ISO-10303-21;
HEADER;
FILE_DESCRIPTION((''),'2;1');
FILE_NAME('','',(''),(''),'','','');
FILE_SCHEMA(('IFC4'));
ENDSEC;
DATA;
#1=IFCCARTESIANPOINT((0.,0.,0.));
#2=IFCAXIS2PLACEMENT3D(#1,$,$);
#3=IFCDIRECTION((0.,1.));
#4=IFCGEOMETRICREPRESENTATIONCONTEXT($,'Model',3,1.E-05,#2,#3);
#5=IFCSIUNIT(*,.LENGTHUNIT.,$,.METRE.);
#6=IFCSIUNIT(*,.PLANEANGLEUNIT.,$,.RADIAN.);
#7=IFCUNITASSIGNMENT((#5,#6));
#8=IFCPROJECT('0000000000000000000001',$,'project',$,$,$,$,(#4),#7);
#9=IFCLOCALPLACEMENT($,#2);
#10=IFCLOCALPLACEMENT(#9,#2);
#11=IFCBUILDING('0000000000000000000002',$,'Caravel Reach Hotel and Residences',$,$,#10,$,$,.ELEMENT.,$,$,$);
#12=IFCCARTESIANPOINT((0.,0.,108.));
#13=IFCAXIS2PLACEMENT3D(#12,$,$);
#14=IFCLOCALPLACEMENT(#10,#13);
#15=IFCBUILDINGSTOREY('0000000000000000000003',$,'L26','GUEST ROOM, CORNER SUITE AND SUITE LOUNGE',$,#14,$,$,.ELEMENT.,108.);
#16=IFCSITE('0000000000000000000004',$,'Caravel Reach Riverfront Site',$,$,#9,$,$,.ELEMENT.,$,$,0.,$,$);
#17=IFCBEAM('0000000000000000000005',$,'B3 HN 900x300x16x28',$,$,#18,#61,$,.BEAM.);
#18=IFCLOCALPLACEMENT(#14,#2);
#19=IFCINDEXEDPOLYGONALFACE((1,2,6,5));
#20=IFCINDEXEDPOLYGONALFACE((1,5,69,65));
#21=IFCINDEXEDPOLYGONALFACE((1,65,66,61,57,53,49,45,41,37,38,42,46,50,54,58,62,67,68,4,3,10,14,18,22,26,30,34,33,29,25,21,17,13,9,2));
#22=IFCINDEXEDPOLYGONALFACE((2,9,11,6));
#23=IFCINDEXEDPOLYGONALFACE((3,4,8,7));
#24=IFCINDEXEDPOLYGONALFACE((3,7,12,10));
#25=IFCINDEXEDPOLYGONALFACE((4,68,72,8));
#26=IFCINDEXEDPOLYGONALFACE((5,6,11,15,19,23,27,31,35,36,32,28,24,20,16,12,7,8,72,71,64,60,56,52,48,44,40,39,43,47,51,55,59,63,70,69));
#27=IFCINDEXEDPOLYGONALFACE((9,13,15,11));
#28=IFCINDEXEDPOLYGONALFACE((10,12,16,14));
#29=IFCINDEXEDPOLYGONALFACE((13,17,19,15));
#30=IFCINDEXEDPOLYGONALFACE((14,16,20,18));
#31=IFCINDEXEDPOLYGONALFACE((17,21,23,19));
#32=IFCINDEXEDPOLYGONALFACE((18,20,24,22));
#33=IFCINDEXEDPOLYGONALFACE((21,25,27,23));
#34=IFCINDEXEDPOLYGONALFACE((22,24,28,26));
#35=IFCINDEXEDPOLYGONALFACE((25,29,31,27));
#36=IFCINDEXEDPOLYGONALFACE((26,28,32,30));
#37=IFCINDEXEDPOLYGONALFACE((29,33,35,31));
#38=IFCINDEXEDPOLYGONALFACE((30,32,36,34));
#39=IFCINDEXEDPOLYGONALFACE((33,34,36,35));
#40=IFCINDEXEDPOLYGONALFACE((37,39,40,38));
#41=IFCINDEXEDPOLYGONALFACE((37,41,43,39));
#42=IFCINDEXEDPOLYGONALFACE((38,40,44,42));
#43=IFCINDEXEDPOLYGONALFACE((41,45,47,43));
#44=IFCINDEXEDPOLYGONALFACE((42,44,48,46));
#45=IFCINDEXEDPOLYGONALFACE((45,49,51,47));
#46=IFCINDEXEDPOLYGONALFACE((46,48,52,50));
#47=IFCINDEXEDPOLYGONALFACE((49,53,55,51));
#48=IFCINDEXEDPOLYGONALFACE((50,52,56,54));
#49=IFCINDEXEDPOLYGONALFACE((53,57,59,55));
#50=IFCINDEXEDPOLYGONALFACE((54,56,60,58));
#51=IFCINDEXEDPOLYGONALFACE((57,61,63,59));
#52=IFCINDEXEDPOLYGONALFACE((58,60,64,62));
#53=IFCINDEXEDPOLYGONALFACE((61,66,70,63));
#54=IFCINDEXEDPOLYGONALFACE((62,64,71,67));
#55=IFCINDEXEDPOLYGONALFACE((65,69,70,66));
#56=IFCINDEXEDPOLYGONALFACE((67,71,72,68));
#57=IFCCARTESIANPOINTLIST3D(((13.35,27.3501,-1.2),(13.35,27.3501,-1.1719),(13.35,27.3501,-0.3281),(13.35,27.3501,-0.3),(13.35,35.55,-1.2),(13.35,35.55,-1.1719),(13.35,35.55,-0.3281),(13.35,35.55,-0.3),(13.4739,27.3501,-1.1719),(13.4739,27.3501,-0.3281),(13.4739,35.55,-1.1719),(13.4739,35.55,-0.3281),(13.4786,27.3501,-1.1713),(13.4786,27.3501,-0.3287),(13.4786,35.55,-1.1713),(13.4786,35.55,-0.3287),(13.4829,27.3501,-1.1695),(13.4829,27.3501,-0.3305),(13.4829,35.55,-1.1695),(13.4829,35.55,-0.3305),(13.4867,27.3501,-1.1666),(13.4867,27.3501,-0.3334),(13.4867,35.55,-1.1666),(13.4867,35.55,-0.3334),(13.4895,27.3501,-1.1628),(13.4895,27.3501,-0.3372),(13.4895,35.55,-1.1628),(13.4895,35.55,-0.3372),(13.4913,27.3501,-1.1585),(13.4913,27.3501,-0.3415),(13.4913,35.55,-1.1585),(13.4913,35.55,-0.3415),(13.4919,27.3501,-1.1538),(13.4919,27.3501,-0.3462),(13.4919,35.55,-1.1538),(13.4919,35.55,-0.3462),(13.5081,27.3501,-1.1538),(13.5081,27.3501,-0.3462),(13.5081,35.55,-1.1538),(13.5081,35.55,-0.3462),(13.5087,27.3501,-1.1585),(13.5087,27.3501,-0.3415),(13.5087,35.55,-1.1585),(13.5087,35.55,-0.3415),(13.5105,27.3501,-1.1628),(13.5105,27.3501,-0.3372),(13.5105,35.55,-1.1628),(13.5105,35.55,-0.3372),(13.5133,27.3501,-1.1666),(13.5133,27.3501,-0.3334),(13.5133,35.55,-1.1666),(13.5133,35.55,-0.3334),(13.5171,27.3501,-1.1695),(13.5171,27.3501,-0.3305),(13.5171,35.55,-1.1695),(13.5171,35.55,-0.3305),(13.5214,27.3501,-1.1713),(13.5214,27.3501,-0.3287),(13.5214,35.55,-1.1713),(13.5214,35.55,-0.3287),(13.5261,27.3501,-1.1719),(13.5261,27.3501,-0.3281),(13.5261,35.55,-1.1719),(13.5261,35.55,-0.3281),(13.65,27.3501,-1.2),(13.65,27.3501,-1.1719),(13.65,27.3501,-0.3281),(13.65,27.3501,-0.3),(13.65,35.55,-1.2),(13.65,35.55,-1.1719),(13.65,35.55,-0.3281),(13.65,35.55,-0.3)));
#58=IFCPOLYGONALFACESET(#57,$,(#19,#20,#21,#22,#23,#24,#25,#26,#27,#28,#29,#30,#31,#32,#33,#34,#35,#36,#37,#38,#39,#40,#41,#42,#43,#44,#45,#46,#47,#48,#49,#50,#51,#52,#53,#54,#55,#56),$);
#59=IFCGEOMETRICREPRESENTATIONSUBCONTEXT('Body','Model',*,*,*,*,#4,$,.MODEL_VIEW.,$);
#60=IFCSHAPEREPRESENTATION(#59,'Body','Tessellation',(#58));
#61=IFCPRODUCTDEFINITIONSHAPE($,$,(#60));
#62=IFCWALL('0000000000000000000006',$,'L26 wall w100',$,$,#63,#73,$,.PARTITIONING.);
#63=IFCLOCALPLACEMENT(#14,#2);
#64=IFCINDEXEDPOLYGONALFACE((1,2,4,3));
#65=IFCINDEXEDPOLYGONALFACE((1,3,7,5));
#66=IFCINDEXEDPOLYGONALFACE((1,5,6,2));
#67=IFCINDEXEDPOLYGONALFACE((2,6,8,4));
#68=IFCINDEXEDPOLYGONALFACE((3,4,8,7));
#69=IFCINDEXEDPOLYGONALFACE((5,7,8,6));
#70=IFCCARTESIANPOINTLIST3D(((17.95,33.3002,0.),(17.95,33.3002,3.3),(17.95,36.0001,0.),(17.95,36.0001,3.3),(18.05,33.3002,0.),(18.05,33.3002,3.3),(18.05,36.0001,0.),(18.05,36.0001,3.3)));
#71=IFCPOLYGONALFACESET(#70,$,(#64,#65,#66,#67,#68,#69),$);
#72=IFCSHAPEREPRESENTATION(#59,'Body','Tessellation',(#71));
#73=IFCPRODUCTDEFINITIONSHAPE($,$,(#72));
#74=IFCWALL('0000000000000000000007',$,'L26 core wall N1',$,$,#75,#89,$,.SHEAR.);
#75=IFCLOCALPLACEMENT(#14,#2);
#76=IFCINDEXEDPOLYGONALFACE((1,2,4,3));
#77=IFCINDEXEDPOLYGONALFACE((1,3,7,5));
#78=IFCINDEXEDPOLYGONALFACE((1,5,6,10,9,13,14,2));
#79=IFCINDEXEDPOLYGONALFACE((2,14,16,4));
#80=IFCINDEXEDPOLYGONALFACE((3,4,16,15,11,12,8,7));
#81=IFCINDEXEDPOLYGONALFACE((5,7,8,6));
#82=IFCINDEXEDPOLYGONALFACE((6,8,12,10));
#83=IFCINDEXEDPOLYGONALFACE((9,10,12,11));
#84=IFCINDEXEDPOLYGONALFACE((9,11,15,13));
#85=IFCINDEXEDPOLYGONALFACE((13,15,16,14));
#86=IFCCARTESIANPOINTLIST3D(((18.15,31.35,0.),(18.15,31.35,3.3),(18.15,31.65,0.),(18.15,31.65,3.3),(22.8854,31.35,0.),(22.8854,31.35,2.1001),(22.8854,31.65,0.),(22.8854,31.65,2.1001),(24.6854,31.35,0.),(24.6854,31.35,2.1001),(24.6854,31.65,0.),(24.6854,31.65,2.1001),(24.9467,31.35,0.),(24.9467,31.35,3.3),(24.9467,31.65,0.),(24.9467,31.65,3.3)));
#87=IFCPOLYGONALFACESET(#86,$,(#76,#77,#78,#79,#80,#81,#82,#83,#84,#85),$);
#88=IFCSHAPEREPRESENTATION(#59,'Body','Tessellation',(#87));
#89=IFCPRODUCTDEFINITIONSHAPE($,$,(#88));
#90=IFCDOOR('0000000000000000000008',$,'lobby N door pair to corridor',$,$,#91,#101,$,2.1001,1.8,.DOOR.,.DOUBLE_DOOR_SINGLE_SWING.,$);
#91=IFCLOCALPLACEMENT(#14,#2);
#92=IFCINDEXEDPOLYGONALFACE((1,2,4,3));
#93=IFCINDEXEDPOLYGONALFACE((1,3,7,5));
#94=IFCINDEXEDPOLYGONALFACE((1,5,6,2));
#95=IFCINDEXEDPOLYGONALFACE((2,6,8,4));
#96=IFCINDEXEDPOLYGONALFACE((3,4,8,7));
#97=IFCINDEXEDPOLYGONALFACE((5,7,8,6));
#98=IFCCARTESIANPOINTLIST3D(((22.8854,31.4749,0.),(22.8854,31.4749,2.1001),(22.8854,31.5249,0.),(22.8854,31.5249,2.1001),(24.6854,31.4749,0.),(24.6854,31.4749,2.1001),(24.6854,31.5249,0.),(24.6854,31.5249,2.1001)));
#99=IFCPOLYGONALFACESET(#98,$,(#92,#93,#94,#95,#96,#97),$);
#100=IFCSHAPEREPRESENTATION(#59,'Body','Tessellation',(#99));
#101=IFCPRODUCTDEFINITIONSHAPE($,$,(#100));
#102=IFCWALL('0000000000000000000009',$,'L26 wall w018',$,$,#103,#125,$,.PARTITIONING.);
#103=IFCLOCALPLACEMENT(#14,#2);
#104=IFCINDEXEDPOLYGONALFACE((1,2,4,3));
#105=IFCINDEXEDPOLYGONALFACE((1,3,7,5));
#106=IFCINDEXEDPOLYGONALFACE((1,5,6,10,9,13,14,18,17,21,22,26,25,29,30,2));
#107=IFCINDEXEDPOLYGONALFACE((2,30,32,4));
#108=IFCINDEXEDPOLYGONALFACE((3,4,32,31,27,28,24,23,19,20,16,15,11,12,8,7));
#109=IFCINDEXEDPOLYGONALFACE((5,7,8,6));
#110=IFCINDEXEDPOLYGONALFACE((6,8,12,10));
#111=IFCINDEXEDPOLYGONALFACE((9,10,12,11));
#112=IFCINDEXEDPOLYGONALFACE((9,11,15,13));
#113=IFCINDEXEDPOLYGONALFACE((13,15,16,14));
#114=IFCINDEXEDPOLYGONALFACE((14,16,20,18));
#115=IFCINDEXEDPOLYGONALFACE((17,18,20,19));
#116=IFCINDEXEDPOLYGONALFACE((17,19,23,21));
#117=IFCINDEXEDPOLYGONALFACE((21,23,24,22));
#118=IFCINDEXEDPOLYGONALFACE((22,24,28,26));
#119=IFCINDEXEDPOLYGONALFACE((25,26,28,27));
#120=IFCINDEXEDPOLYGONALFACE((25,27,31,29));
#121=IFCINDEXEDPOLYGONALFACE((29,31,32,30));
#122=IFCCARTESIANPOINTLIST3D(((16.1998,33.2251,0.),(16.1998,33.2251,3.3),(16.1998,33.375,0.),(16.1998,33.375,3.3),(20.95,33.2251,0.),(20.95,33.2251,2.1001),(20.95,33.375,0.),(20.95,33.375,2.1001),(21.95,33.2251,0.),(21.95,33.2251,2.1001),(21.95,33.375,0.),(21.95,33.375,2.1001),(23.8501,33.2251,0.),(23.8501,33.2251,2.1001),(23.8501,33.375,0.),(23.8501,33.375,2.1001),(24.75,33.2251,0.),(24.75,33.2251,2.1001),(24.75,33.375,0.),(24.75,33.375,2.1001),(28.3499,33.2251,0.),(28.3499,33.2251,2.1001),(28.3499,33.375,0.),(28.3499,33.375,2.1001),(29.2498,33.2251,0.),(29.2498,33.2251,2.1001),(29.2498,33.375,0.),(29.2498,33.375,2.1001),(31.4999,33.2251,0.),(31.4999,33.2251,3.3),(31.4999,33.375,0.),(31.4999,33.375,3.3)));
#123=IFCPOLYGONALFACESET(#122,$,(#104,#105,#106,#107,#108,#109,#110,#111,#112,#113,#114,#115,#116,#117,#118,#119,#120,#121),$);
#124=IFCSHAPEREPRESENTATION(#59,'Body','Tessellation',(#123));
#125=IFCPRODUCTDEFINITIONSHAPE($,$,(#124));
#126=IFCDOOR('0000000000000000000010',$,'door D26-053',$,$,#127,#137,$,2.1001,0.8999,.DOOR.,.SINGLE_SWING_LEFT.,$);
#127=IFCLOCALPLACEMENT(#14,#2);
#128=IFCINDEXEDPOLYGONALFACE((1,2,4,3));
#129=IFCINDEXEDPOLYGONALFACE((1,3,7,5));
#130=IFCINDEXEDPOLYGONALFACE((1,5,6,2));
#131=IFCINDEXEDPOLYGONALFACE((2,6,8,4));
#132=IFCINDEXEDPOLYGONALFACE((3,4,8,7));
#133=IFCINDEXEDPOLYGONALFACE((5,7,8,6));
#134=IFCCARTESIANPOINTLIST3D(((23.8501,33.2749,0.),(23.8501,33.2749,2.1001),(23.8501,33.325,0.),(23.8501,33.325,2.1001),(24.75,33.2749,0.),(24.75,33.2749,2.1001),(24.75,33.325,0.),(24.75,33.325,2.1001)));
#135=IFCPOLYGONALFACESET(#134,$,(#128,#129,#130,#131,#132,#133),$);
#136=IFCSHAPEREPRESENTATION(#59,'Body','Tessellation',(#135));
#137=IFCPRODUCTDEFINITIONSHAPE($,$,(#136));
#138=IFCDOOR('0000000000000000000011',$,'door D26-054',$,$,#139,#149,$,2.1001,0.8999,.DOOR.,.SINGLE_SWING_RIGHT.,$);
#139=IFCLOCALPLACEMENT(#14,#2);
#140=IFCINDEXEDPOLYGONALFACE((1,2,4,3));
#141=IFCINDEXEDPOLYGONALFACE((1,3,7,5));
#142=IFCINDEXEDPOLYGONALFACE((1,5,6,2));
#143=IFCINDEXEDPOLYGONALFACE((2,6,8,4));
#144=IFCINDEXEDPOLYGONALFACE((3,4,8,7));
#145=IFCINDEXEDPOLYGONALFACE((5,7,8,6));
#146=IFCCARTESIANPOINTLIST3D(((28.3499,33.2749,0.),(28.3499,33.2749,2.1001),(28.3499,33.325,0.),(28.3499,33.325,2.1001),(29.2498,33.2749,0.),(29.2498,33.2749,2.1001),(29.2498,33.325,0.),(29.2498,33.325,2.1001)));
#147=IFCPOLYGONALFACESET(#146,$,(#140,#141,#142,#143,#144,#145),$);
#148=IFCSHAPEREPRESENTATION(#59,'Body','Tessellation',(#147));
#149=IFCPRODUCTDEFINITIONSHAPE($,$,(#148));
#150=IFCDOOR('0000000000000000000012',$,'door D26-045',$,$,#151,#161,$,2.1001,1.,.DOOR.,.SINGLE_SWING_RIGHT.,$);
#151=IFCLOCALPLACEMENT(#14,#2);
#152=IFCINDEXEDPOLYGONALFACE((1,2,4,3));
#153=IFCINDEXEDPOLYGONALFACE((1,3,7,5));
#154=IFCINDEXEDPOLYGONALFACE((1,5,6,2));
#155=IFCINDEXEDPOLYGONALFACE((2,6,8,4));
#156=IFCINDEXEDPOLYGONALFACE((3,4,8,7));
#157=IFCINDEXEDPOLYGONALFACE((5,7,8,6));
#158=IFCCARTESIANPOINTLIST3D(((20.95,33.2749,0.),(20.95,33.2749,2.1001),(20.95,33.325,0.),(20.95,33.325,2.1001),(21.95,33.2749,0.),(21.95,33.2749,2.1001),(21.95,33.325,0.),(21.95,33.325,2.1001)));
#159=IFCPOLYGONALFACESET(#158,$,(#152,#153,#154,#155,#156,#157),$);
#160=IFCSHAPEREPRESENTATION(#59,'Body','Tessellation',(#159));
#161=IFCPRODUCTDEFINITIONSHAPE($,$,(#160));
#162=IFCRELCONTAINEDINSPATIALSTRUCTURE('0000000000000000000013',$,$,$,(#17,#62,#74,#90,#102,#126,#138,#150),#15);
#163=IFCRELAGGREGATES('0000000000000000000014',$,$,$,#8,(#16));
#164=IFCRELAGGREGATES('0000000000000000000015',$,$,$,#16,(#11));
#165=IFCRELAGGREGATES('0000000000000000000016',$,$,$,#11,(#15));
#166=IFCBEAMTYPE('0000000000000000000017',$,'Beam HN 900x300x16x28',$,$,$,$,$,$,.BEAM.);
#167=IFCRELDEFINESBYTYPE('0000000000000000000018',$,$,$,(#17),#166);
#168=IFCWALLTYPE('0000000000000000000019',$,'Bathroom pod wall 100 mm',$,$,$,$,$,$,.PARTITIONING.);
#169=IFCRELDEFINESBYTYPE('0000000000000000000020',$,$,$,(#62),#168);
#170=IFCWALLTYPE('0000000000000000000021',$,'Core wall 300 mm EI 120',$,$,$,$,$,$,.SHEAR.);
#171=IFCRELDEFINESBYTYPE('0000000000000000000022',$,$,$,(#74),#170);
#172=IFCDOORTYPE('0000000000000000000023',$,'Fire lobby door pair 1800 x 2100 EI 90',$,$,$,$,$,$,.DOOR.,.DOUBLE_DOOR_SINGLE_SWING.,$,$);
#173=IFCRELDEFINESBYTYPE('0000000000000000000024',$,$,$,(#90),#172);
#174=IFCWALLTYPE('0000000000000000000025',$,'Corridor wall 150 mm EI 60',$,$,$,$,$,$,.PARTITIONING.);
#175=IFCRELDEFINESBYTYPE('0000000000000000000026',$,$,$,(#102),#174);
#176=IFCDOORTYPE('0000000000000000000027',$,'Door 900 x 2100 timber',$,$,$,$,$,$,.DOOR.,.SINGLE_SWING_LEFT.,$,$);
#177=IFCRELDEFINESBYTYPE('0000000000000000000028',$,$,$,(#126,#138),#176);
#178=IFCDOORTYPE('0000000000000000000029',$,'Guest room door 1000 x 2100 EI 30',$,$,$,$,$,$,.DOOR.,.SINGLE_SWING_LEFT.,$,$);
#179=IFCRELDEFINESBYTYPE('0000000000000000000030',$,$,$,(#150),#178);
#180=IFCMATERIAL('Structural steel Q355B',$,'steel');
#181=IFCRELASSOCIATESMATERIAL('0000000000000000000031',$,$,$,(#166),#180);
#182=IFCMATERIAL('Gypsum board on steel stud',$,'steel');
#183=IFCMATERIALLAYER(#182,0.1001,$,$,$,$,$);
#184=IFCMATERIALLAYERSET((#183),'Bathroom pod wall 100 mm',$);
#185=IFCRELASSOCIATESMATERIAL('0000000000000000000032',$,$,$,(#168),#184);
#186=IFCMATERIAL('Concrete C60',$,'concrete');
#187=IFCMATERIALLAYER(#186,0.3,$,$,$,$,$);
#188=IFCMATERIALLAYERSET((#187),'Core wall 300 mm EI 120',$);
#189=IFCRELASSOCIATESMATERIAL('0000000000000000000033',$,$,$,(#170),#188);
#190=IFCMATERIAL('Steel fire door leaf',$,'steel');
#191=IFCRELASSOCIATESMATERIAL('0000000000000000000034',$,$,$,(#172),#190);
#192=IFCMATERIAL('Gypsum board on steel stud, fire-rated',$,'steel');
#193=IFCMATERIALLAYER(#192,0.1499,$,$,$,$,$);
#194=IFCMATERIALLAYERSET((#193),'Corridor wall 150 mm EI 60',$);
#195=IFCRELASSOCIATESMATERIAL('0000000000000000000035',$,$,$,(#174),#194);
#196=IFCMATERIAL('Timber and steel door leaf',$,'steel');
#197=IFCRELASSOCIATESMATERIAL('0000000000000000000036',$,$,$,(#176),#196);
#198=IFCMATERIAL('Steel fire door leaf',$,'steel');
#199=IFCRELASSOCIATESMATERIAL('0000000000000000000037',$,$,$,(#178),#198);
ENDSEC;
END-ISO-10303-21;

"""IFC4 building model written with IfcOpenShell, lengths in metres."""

from ifc_helpers import new_model, si_unit, direction, frame, frame_2d, origin, origin_2d, place, context, subcontext, project, spatial, rectangle, i_section, extrude, material, layer, layer_set, material_profile, profile_set, type_object, element, fill, save


model = new_model("IFC4")

# Units and contexts
model_context = context("Model", 3, precision=1e-05, world=origin(), true_north=direction((0.0, 1.0)))
body_context = subcontext(model_context, "Body", "Model", "MODEL_VIEW")
ifc_project = project(units=[si_unit("LENGTHUNIT", "METRE"), si_unit("PLANEANGLEUNIT", "RADIAN")], contexts=[model_context])

# Site, building, storey
site_placement = place(None, origin())
site = spatial("IfcSite", under=ifc_project, at=site_placement, Name="Caravel Reach Riverfront Site", CompositionType="ELEMENT", RefElevation=0.0)
building_placement = place(site_placement, origin())
building = spatial("IfcBuilding", under=site, at=building_placement, Name="Caravel Reach Hotel and Residences", CompositionType="ELEMENT")
storey_placement = place(building_placement, frame((0.0, 0.0, 108.0)))
storey = spatial("IfcBuildingStorey", under=building, at=storey_placement, Name="L26", Description="GUEST ROOM, CORNER SUITE AND SUITE LOUNGE", CompositionType="ELEMENT", Elevation=108.0)

# Beam
ifc_material_1 = material(Name="Structural steel Q355B", Category="steel")
ifc_material_profile = material_profile(ifc_material_1, i_section(OverallWidth=0.3, OverallDepth=0.8999, WebThickness=0.0161, FlangeThickness=0.0281, FilletRadius=0.0181, at=origin_2d()), Name="HN 900x300x16x28")
ifc_profile_set = profile_set([ifc_material_profile], Name="Structural steel Q355B")
beam_type = type_object("IfcBeamType", Name="Beam HN 900x300x16x28", PredefinedType="BEAM", material=ifc_profile_set)
beam_placement = place(storey_placement, frame((13.5, 27.3501, -0.75), z_axis=(0.0, 1.0, 0.0), x_axis=(-1.0, 0.0, 0.0)))
element("IfcBeam", 1, at=beam_placement, inside=storey, type_object=beam_type, Name="B3 HN 900x300x16x28", PredefinedType="BEAM", context=body_context, shape_type="SweptSolid", body=[
    extrude(i_section(OverallWidth=0.3, OverallDepth=0.8999, WebThickness=0.0161, FlangeThickness=0.0281, FilletRadius=0.0181, at=origin_2d()), origin(), (0.0, 0.0, 1.0), 8.2),
])

# Wall
ifc_material_2 = material(Name="Gypsum board on steel stud", Category="steel")
ifc_layer_1 = layer(ifc_material_2, 0.1001)
ifc_layer_set_1 = layer_set([ifc_layer_1], Name="Bathroom pod wall 100 mm")
wall_type_1 = type_object("IfcWallType", Name="Bathroom pod wall 100 mm", PredefinedType="PARTITIONING", material=ifc_layer_set_1)
wall_1_placement = place(storey_placement, frame((18.0, 33.3, 0.0), z_axis=(0.0, 0.0, 1.0), x_axis=(0.0, 1.0, 0.0)))
element("IfcWall", 2, at=wall_1_placement, inside=storey, type_object=wall_type_1, Name="L26 wall w100", PredefinedType="PARTITIONING", context=body_context, shape_type="SweptSolid", body=[
    extrude(rectangle(XDim=2.7, YDim=0.1001, at=frame_2d((1.3501, 0.0))), origin(), (0.0, 0.0, 1.0), 3.3),
])

# Wall, opening, door
ifc_material_3 = material(Name="Concrete C60", Category="concrete")
ifc_layer_2 = layer(ifc_material_3, 0.3)
ifc_layer_set_2 = layer_set([ifc_layer_2], Name="Core wall 300 mm EI 120")
wall_type_2 = type_object("IfcWallType", Name="Core wall 300 mm EI 120", PredefinedType="SHEAR", material=ifc_layer_set_2)
wall_2_placement = place(storey_placement, frame((18.1499, 31.5, 0.0), z_axis=(0.0, 0.0, 1.0), x_axis=(1.0, 0.0, 0.0)))
wall_2 = element("IfcWall", 3, at=wall_2_placement, inside=storey, type_object=wall_type_2, Name="L26 core wall N1", PredefinedType="SHEAR", context=body_context, shape_type="SweptSolid", body=[
    extrude(rectangle(XDim=6.7966, YDim=0.3, at=frame_2d((3.3984, 0.0))), origin(), (0.0, 0.0, 1.0), 3.3),
])
opening_1_placement = place(wall_2_placement, frame((4.7356, 0.0, 0.0)))
opening_1 = element("IfcOpeningElement", 4, at=opening_1_placement, cuts=wall_2, PredefinedType="OPENING", context=body_context, shape_type="SweptSolid", body=[
    extrude(rectangle(XDim=1.8, YDim=2.1001, at=frame_2d((0.8999, 1.05))), frame((0.0, 0.1599, 0.0), z_axis=(0.0, -1.0, 0.0), x_axis=(1.0, 0.0, 0.0)), (0.0, 0.0, 1.0), 0.3201),
])
ifc_material_4 = material(Name="Steel fire door leaf", Category="steel")
door_type_1 = type_object("IfcDoorType", Name="Fire lobby door pair 1800 x 2100 EI 90", OperationType="DOUBLE_DOOR_SINGLE_SWING", PredefinedType="DOOR", material=ifc_material_4)
door_1_placement = place(opening_1_placement, origin())
door_1 = element("IfcDoor", 5, at=door_1_placement, inside=storey, type_object=door_type_1, Name="lobby N door pair to corridor", OperationType="DOUBLE_DOOR_SINGLE_SWING", OverallHeight=2.1001, OverallWidth=1.8, PredefinedType="DOOR", context=body_context, shape_type="SweptSolid", body=[
    extrude(rectangle(XDim=1.8, YDim=2.1001, at=frame_2d((0.8999, 1.05))), frame((0.0, 0.0249, 0.0), z_axis=(0.0, -1.0, 0.0), x_axis=(1.0, 0.0, 0.0)), (0.0, 0.0, 1.0), 0.05),
])
fill(opening_1, door_1)

# Wall, openings, doors
ifc_material_5 = material(Name="Gypsum board on steel stud, fire-rated", Category="steel")
ifc_layer_3 = layer(ifc_material_5, 0.1499)
ifc_layer_set_3 = layer_set([ifc_layer_3], Name="Corridor wall 150 mm EI 60")
wall_type_3 = type_object("IfcWallType", Name="Corridor wall 150 mm EI 60", PredefinedType="PARTITIONING", material=ifc_layer_set_3)
wall_3_placement = place(storey_placement, frame((16.2, 33.3, 0.0), z_axis=(0.0, 0.0, 1.0), x_axis=(1.0, 0.0, 0.0)))
wall_3 = element("IfcWall", 6, at=wall_3_placement, inside=storey, type_object=wall_type_3, Name="L26 wall w018", PredefinedType="PARTITIONING", context=body_context, shape_type="SweptSolid", body=[
    extrude(rectangle(XDim=15.3, YDim=0.1499, at=frame_2d((7.6499, 0.0))), origin(), (0.0, 0.0, 1.0), 3.3),
])
opening_2_placement = place(wall_3_placement, frame((4.75, 0.0, 0.0)))
opening_2 = element("IfcOpeningElement", 7, at=opening_2_placement, cuts=wall_3, PredefinedType="OPENING", context=body_context, shape_type="SweptSolid", body=[
    extrude(rectangle(XDim=1.0, YDim=2.1001, at=frame_2d((0.5, 1.05))), frame((0.0, 0.085, 0.0), z_axis=(0.0, -1.0, 0.0), x_axis=(1.0, 0.0, 0.0)), (0.0, 0.0, 1.0), 0.1699),
])
opening_3_placement = place(wall_3_placement, frame((7.6501, 0.0, 0.0)))
opening_3 = element("IfcOpeningElement", 8, at=opening_3_placement, cuts=wall_3, PredefinedType="OPENING", context=body_context, shape_type="SweptSolid", body=[
    extrude(rectangle(XDim=0.8999, YDim=2.1001, at=frame_2d((0.45, 1.05))), frame((0.0, 0.085, 0.0), z_axis=(0.0, -1.0, 0.0), x_axis=(1.0, 0.0, 0.0)), (0.0, 0.0, 1.0), 0.1699),
])
opening_4_placement = place(wall_3_placement, frame((12.1499, 0.0, 0.0)))
opening_4 = element("IfcOpeningElement", 9, at=opening_4_placement, cuts=wall_3, PredefinedType="OPENING", context=body_context, shape_type="SweptSolid", body=[
    extrude(rectangle(XDim=0.8999, YDim=2.1001, at=frame_2d((0.45, 1.05))), frame((0.0, 0.085, 0.0), z_axis=(0.0, -1.0, 0.0), x_axis=(1.0, 0.0, 0.0)), (0.0, 0.0, 1.0), 0.1699),
])
ifc_material_6 = material(Name="Timber and steel door leaf", Category="steel")
door_type_2 = type_object("IfcDoorType", Name="Door 900 x 2100 timber", OperationType="SINGLE_SWING_LEFT", PredefinedType="DOOR", material=ifc_material_6)
door_2_placement = place(opening_3_placement, origin())
door_2 = element("IfcDoor", 10, at=door_2_placement, inside=storey, type_object=door_type_2, Name="door D26-053", OperationType="SINGLE_SWING_LEFT", OverallHeight=2.1001, OverallWidth=0.8999, PredefinedType="DOOR", context=body_context, shape_type="SweptSolid", body=[
    extrude(rectangle(XDim=0.8999, YDim=2.1001, at=frame_2d((0.45, 1.05))), frame((0.0, 0.0249, 0.0), z_axis=(0.0, -1.0, 0.0), x_axis=(1.0, 0.0, 0.0)), (0.0, 0.0, 1.0), 0.05),
])
fill(opening_3, door_2)
door_3_placement = place(opening_4_placement, origin())
door_3 = element("IfcDoor", 11, at=door_3_placement, inside=storey, type_object=door_type_2, Name="door D26-054", OperationType="SINGLE_SWING_RIGHT", OverallHeight=2.1001, OverallWidth=0.8999, PredefinedType="DOOR", context=body_context, shape_type="SweptSolid", body=[
    extrude(rectangle(XDim=0.8999, YDim=2.1001, at=frame_2d((0.45, 1.05))), frame((0.0, 0.0249, 0.0), z_axis=(0.0, -1.0, 0.0), x_axis=(1.0, 0.0, 0.0)), (0.0, 0.0, 1.0), 0.05),
])
fill(opening_4, door_3)
ifc_material_7 = material(Name="Steel fire door leaf", Category="steel")
door_type_3 = type_object("IfcDoorType", Name="Guest room door 1000 x 2100 EI 30", OperationType="SINGLE_SWING_LEFT", PredefinedType="DOOR", material=ifc_material_7)
door_4_placement = place(opening_2_placement, origin())
door_4 = element("IfcDoor", 12, at=door_4_placement, inside=storey, type_object=door_type_3, Name="door D26-045", OperationType="SINGLE_SWING_RIGHT", OverallHeight=2.1001, OverallWidth=1.0, PredefinedType="DOOR", context=body_context, shape_type="SweptSolid", body=[
    extrude(rectangle(XDim=1.0, YDim=2.1001, at=frame_2d((0.5, 1.05))), frame((0.0, 0.0249, 0.0), z_axis=(0.0, -1.0, 0.0), x_axis=(1.0, 0.0, 0.0)), (0.0, 0.0, 1.0), 0.05),
])
fill(opening_2, door_4)

save(model, "model.ifc")
